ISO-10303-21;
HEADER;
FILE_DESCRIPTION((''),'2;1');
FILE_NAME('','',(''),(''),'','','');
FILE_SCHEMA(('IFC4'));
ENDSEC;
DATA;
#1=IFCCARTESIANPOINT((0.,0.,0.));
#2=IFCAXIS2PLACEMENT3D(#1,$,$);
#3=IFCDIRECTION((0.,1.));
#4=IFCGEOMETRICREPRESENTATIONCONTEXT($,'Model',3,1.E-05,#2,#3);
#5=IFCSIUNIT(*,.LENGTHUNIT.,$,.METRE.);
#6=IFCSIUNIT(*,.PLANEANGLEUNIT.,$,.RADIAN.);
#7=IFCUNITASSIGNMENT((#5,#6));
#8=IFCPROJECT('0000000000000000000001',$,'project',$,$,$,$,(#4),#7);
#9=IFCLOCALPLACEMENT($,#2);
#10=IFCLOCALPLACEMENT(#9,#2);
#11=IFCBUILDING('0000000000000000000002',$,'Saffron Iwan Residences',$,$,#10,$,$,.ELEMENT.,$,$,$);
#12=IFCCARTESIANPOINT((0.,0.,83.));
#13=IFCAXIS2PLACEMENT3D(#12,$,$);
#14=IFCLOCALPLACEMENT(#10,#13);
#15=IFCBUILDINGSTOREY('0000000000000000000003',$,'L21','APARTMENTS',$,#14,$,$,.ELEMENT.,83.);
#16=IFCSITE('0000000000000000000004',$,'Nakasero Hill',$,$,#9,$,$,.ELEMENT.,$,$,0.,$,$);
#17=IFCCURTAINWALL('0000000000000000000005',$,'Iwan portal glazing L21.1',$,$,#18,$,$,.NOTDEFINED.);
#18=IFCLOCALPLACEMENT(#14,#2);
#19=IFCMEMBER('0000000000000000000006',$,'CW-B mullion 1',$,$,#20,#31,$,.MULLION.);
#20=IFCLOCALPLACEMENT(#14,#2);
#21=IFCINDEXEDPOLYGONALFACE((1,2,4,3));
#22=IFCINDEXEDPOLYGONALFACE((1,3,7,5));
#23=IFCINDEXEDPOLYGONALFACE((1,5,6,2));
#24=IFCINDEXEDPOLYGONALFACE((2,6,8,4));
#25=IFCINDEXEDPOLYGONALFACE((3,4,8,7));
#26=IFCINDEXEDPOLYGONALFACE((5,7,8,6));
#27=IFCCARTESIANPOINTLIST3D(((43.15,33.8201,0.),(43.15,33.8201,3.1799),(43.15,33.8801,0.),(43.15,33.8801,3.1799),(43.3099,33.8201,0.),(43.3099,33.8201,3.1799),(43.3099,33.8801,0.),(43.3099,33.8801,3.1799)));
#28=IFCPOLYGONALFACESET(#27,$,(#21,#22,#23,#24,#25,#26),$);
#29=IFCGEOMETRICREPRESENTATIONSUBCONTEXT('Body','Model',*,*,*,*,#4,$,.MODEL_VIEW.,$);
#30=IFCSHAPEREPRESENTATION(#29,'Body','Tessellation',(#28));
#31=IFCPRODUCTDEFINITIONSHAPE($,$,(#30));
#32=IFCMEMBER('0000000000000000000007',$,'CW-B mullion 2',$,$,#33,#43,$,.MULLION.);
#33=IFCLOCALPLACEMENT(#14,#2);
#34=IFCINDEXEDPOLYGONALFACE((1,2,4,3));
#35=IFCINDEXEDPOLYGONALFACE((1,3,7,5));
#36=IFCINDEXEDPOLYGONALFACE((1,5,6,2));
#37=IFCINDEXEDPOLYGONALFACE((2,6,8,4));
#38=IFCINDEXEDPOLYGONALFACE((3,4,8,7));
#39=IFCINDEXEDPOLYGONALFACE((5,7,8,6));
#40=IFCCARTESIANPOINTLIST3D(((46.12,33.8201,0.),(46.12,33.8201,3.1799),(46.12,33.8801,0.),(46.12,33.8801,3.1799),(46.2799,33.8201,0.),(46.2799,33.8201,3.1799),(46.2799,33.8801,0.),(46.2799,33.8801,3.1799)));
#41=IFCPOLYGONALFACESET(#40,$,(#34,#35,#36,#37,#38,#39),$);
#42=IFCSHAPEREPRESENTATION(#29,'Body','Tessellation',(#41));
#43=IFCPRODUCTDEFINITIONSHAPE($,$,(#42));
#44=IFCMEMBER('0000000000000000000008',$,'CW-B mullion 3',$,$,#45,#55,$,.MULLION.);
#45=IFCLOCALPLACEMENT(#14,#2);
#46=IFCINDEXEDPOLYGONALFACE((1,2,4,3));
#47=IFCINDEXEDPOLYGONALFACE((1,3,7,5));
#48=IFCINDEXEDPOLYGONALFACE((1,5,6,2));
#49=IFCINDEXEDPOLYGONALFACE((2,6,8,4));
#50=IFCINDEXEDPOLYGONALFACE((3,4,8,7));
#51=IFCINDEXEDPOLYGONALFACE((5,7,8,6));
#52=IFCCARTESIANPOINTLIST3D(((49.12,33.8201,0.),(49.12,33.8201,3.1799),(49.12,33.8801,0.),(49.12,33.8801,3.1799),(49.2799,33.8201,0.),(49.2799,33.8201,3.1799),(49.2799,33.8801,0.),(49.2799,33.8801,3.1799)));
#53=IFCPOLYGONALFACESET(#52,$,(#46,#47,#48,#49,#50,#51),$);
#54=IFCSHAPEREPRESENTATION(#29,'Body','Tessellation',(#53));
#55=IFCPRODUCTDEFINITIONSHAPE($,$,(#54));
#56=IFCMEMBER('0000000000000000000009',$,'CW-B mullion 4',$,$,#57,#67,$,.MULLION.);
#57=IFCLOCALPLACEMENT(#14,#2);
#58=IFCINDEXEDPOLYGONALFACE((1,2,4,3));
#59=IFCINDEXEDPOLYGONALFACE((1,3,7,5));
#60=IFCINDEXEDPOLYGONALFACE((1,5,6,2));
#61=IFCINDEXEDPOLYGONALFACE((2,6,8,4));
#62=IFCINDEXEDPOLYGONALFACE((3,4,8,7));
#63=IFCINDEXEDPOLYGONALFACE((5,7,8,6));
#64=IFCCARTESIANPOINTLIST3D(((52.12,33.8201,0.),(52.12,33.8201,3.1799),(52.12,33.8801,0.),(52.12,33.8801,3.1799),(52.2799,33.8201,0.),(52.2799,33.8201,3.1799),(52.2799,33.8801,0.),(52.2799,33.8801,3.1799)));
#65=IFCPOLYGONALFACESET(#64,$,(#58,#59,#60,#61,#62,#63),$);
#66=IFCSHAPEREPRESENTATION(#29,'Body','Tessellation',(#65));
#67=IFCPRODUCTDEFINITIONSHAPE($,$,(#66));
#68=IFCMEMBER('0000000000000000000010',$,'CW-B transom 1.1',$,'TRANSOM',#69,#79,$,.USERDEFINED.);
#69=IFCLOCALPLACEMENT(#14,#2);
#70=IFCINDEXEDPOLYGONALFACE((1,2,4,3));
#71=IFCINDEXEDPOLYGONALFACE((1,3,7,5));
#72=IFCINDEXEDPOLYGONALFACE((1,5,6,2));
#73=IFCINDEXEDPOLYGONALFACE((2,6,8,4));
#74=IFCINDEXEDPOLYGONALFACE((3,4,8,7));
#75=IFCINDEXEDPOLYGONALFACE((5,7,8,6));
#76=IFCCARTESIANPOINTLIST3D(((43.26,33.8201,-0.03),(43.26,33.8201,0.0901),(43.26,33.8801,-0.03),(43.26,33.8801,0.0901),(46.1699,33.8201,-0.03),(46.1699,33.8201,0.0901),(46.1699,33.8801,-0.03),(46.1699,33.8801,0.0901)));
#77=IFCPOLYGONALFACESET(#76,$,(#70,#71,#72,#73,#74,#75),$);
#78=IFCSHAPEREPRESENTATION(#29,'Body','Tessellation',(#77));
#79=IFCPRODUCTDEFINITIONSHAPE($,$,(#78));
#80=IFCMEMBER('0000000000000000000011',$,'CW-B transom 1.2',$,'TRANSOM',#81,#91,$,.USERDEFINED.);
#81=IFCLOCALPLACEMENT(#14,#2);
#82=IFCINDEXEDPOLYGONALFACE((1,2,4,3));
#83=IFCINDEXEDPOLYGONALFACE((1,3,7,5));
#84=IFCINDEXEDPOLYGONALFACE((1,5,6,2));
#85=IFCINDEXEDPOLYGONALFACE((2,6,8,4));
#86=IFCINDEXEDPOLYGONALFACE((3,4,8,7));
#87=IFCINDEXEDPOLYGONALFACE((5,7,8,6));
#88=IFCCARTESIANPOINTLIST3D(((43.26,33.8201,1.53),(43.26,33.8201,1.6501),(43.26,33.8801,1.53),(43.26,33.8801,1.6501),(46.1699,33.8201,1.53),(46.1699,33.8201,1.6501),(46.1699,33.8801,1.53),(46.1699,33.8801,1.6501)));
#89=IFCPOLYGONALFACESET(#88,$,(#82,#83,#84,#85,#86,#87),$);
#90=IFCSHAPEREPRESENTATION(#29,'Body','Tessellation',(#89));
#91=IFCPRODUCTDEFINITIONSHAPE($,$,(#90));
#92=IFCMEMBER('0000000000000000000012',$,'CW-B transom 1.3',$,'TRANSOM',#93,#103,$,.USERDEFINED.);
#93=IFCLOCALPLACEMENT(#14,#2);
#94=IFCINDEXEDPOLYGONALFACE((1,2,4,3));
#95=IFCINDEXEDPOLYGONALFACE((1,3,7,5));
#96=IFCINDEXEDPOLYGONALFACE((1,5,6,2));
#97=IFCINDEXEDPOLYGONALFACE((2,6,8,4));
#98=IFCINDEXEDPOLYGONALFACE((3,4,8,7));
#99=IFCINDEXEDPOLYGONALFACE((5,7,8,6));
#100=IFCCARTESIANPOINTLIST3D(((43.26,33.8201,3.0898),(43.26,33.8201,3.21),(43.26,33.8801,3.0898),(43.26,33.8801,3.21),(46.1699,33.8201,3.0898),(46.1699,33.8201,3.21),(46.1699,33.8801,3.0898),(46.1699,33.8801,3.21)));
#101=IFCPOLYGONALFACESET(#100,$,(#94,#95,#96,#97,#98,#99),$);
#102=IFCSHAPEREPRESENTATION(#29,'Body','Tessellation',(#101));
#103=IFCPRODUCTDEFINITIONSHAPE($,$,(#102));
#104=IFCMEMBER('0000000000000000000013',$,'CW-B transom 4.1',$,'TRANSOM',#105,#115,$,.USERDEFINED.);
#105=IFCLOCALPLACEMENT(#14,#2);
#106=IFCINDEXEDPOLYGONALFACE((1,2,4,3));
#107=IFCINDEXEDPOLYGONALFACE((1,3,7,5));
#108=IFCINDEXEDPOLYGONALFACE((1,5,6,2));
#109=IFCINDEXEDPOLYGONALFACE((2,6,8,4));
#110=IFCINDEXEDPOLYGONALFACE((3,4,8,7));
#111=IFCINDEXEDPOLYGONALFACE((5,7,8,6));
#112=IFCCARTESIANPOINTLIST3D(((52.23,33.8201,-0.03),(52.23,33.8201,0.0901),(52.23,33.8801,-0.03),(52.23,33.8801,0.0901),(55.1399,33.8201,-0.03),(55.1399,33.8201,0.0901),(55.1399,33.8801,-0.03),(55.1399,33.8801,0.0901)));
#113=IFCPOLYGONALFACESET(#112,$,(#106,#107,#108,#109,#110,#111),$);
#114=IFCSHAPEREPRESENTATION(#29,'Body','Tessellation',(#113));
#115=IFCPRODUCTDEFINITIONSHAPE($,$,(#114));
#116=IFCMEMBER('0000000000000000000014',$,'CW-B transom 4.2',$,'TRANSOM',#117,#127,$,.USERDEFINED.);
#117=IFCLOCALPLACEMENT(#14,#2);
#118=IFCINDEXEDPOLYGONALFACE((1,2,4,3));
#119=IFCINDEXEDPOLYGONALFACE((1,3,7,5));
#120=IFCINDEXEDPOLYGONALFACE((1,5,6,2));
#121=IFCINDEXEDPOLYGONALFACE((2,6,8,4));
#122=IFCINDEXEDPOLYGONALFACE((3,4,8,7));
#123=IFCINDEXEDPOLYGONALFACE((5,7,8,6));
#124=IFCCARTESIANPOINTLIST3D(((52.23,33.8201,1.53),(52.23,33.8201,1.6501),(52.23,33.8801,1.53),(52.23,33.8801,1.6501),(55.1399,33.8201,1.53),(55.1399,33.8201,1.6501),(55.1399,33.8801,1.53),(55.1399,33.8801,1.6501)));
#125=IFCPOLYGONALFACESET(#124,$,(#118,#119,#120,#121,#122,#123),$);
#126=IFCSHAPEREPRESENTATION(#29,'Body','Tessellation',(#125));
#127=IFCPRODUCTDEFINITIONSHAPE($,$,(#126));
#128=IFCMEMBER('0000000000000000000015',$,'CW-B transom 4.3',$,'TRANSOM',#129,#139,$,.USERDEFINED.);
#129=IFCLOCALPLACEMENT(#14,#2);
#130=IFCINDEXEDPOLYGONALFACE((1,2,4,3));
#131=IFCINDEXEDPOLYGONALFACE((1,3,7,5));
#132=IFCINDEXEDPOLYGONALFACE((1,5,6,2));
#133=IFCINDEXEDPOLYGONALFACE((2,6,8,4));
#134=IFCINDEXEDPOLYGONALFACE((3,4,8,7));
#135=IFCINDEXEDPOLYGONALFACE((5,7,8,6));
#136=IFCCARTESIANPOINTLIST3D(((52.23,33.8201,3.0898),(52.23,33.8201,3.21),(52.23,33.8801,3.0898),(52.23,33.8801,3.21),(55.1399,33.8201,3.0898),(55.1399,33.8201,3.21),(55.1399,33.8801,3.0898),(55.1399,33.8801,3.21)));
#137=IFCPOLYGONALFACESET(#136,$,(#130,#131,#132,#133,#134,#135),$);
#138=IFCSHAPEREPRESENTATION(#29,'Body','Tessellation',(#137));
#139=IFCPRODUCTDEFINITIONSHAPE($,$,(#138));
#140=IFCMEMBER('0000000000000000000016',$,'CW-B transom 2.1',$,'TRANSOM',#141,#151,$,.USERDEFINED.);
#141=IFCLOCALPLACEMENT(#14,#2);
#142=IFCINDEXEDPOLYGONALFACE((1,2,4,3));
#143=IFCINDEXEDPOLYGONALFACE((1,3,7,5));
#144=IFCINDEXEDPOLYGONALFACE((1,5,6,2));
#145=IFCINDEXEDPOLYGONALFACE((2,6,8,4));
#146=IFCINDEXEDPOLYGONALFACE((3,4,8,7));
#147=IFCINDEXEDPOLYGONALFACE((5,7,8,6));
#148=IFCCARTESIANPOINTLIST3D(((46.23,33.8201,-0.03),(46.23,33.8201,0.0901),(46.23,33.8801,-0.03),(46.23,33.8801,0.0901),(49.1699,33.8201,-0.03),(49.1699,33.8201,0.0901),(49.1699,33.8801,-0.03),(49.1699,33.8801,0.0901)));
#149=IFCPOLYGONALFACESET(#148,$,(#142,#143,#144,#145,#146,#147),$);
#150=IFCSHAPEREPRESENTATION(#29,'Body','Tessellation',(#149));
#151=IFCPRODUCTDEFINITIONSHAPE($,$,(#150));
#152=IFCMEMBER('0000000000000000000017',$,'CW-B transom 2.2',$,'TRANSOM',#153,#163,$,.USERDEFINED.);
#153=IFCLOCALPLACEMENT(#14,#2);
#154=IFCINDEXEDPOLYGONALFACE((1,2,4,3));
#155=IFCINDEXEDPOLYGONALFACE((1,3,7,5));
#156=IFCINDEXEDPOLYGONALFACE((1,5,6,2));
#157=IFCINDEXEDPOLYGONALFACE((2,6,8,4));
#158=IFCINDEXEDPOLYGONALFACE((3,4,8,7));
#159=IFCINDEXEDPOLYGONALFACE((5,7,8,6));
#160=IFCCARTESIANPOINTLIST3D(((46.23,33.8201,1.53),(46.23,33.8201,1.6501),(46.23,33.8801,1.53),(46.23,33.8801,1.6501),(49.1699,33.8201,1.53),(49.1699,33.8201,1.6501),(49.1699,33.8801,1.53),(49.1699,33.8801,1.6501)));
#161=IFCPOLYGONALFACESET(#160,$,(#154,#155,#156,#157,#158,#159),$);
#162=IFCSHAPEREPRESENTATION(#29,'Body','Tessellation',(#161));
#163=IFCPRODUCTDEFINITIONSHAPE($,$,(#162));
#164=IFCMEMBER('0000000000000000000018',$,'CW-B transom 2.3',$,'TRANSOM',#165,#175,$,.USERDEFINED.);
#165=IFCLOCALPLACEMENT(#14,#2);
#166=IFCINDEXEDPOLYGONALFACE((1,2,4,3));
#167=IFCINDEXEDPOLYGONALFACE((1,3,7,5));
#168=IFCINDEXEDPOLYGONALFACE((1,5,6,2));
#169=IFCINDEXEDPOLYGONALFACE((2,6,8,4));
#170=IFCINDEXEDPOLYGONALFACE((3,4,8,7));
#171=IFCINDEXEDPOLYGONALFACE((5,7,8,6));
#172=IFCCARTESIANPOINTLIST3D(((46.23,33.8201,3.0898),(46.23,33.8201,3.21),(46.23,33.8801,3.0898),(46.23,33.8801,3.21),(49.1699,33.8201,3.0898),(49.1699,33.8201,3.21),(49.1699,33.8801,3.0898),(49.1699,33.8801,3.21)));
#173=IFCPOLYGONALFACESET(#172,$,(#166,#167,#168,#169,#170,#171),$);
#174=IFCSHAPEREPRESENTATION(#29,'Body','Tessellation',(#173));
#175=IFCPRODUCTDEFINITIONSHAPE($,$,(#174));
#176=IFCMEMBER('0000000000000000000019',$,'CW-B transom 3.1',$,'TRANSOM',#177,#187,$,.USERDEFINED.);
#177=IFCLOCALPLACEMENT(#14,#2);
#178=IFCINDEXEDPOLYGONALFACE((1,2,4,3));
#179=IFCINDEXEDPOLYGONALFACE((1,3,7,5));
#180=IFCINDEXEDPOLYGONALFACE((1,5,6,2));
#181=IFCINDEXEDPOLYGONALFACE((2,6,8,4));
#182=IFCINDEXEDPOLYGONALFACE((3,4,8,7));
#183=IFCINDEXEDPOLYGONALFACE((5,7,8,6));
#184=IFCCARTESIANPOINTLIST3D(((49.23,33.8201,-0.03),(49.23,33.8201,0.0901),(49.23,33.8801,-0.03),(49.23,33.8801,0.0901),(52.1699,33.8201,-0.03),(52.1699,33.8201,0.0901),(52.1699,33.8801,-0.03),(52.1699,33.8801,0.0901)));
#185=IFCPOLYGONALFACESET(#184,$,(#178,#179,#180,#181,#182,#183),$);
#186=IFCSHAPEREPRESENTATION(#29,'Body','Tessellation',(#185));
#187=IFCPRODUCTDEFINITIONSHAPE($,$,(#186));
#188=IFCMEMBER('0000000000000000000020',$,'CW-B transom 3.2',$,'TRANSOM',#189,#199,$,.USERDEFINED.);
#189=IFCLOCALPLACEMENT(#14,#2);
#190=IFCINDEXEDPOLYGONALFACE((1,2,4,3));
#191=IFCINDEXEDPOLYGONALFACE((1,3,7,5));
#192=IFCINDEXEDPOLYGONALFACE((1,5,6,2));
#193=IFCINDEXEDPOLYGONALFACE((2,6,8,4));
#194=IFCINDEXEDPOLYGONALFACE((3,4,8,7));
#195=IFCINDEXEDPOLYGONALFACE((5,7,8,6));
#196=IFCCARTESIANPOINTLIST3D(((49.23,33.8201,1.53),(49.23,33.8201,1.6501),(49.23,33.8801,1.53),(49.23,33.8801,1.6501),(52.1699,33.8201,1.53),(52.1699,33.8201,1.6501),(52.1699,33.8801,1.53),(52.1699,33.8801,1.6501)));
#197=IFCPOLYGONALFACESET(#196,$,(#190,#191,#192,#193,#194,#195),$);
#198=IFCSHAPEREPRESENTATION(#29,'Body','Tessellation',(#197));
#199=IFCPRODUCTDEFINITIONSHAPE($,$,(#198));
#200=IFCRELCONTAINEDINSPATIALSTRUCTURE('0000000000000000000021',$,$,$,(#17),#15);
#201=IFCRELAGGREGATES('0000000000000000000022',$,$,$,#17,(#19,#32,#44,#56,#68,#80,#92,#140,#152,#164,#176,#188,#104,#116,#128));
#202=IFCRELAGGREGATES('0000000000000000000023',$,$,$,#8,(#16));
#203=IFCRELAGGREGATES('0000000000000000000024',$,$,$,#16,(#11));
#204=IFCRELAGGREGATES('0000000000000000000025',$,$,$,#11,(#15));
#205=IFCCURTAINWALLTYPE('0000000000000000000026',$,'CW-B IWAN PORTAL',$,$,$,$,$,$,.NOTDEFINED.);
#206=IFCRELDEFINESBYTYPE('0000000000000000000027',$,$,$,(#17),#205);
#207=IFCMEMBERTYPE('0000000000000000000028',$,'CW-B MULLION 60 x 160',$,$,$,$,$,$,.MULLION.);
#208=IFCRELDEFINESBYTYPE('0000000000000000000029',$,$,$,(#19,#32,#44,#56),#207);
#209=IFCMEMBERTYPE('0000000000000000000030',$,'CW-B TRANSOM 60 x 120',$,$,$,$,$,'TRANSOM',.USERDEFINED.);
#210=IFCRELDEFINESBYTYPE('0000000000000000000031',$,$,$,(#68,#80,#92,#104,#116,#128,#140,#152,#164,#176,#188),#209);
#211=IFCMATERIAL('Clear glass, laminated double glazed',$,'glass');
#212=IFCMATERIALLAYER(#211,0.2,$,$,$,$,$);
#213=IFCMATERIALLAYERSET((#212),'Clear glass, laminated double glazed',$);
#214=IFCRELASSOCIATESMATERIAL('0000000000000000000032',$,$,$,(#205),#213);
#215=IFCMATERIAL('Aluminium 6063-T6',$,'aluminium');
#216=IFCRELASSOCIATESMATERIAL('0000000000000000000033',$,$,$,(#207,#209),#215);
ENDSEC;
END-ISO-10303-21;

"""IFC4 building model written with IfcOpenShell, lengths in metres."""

from ifc_helpers import new_model, si_unit, direction, frame, origin, origin_2d, place, context, subcontext, project, spatial, rectangle, extrude, source, transform, mapped, material, layer, layer_set, material_profile, profile_set, type_object, element, aggregate, save


model = new_model("IFC4")

# Units and contexts
model_context = context("Model", 3, precision=1e-05, world=origin(), true_north=direction((0.0, 1.0)))
body_context = subcontext(model_context, "Body", "Model", "MODEL_VIEW")
ifc_project = project(units=[si_unit("LENGTHUNIT", "METRE"), si_unit("PLANEANGLEUNIT", "RADIAN")], contexts=[model_context])

# Site, building, storey
site_placement = place(None, origin())
site = spatial("IfcSite", under=ifc_project, at=site_placement, Name="Nakasero Hill", CompositionType="ELEMENT", RefElevation=0.0)
building_placement = place(site_placement, origin())
building = spatial("IfcBuilding", under=site, at=building_placement, Name="Saffron Iwan Residences", CompositionType="ELEMENT")
storey_placement = place(building_placement, frame((0.0, 0.0, 83.0)))
storey = spatial("IfcBuildingStorey", under=building, at=storey_placement, Name="L21", Description="APARTMENTS", CompositionType="ELEMENT", Elevation=83.0)

# Curtain wall, members
ifc_material_1 = material(Name="Clear glass, laminated double glazed", Category="glass")
ifc_layer_1 = layer(ifc_material_1, 0.2)
ifc_layer_set_1 = layer_set([ifc_layer_1], Name="Clear glass, laminated double glazed")
curtain_wall_type = type_object("IfcCurtainWallType", Name="CW-B IWAN PORTAL", PredefinedType="NOTDEFINED", material=ifc_layer_set_1)
curtain_wall_placement = place(storey_placement, origin())
curtain_wall = element("IfcCurtainWall", 1, at=curtain_wall_placement, inside=storey, type_object=curtain_wall_type, Name="Iwan portal glazing L21.1", PredefinedType="NOTDEFINED")
ifc_material_2 = material(Name="Aluminium 6063-T6", Category="aluminium")
ifc_material_profile_1 = material_profile(ifc_material_2, rectangle(XDim=0.0601, YDim=0.1599, at=origin_2d()), Name="CW-B MULLION 60 x 160")
ifc_profile_set_1 = profile_set([ifc_material_profile_1], Name="Aluminium 6063-T6")
member_type_1 = type_object("IfcMemberType", Name="CW-B MULLION 60 x 160", PredefinedType="MULLION", material=ifc_profile_set_1)
shared_shape_1 = source(origin(), body_context, "Body", "SweptSolid", [
    extrude(rectangle(XDim=0.0601, YDim=0.1599, at=origin_2d()), origin(), (0.0, 0.0, 1.0), 3.1799),
])
member_1_placement = place(storey_placement, frame((43.23, 33.8501, 0.0), z_axis=(0.0, 0.0, 1.0), x_axis=(0.0, 1.0, 0.0)))
member_1 = element("IfcMember", 2, at=member_1_placement, type_object=member_type_1, Name="CW-B mullion 1", PredefinedType="MULLION", context=body_context, shape_type="MappedRepresentation", body=[
    mapped(shared_shape_1, transform((0.0, 0.0, 0.0))),
])
member_2_placement = place(storey_placement, frame((46.2, 33.8501, 0.0), z_axis=(0.0, 0.0, 1.0), x_axis=(0.0, 1.0, 0.0)))
member_2 = element("IfcMember", 3, at=member_2_placement, type_object=member_type_1, Name="CW-B mullion 2", PredefinedType="MULLION", context=body_context, shape_type="MappedRepresentation", body=[
    mapped(shared_shape_1, transform((0.0, 0.0, 0.0))),
])
member_3_placement = place(storey_placement, frame((49.2, 33.8501, 0.0), z_axis=(0.0, 0.0, 1.0), x_axis=(0.0, 1.0, 0.0)))
member_3 = element("IfcMember", 4, at=member_3_placement, type_object=member_type_1, Name="CW-B mullion 3", PredefinedType="MULLION", context=body_context, shape_type="MappedRepresentation", body=[
    mapped(shared_shape_1, transform((0.0, 0.0, 0.0))),
])
member_4_placement = place(storey_placement, frame((52.2, 33.8501, 0.0), z_axis=(0.0, 0.0, 1.0), x_axis=(0.0, 1.0, 0.0)))
member_4 = element("IfcMember", 5, at=member_4_placement, type_object=member_type_1, Name="CW-B mullion 4", PredefinedType="MULLION", context=body_context, shape_type="MappedRepresentation", body=[
    mapped(shared_shape_1, transform((0.0, 0.0, 0.0))),
])
ifc_material_profile_2 = material_profile(ifc_material_2, rectangle(XDim=0.0601, YDim=0.1201, at=origin_2d()), Name="CW-B TRANSOM 60 x 120")
ifc_profile_set_2 = profile_set([ifc_material_profile_2], Name="Aluminium 6063-T6")
member_type_2 = type_object("IfcMemberType", Name="CW-B TRANSOM 60 x 120", ElementType="TRANSOM", PredefinedType="USERDEFINED", material=ifc_profile_set_2)
shared_shape_2 = source(origin(), body_context, "Body", "SweptSolid", [
    extrude(rectangle(XDim=0.0601, YDim=0.1201, at=origin_2d()), origin(), (0.0, 0.0, 1.0), 2.9099),
])
member_5_placement = place(storey_placement, frame((43.26, 33.8501, 0.03), z_axis=(1.0, 0.0, 0.0), x_axis=(0.0, 1.0, 0.0)))
member_5 = element("IfcMember", 6, at=member_5_placement, type_object=member_type_2, Name="CW-B transom 1.1", ObjectType="TRANSOM", PredefinedType="USERDEFINED", context=body_context, shape_type="MappedRepresentation", body=[
    mapped(shared_shape_2, transform((0.0, 0.0, 0.0))),
])
member_6_placement = place(storey_placement, frame((43.26, 33.8501, 1.5901), z_axis=(1.0, 0.0, 0.0), x_axis=(0.0, 1.0, 0.0)))
member_6 = element("IfcMember", 7, at=member_6_placement, type_object=member_type_2, Name="CW-B transom 1.2", ObjectType="TRANSOM", PredefinedType="USERDEFINED", context=body_context, shape_type="MappedRepresentation", body=[
    mapped(shared_shape_2, transform((0.0, 0.0, 0.0))),
])
member_7_placement = place(storey_placement, frame((43.26, 33.8501, 3.1499), z_axis=(1.0, 0.0, 0.0), x_axis=(0.0, 1.0, 0.0)))
member_7 = element("IfcMember", 8, at=member_7_placement, type_object=member_type_2, Name="CW-B transom 1.3", ObjectType="TRANSOM", PredefinedType="USERDEFINED", context=body_context, shape_type="MappedRepresentation", body=[
    mapped(shared_shape_2, transform((0.0, 0.0, 0.0))),
])
member_8_placement = place(storey_placement, frame((52.23, 33.8501, 0.03), z_axis=(1.0, 0.0, 0.0), x_axis=(0.0, 1.0, 0.0)))
member_8 = element("IfcMember", 9, at=member_8_placement, type_object=member_type_2, Name="CW-B transom 4.1", ObjectType="TRANSOM", PredefinedType="USERDEFINED", context=body_context, shape_type="MappedRepresentation", body=[
    mapped(shared_shape_2, transform((0.0, 0.0, 0.0))),
])
member_9_placement = place(storey_placement, frame((52.23, 33.8501, 1.5901), z_axis=(1.0, 0.0, 0.0), x_axis=(0.0, 1.0, 0.0)))
member_9 = element("IfcMember", 10, at=member_9_placement, type_object=member_type_2, Name="CW-B transom 4.2", ObjectType="TRANSOM", PredefinedType="USERDEFINED", context=body_context, shape_type="MappedRepresentation", body=[
    mapped(shared_shape_2, transform((0.0, 0.0, 0.0))),
])
member_10_placement = place(storey_placement, frame((52.23, 33.8501, 3.1499), z_axis=(1.0, 0.0, 0.0), x_axis=(0.0, 1.0, 0.0)))
member_10 = element("IfcMember", 11, at=member_10_placement, type_object=member_type_2, Name="CW-B transom 4.3", ObjectType="TRANSOM", PredefinedType="USERDEFINED", context=body_context, shape_type="MappedRepresentation", body=[
    mapped(shared_shape_2, transform((0.0, 0.0, 0.0))),
])
shared_shape_3 = source(origin(), body_context, "Body", "SweptSolid", [
    extrude(rectangle(XDim=0.0601, YDim=0.1201, at=origin_2d()), origin(), (0.0, 0.0, 1.0), 2.9399),
])
member_11_placement = place(storey_placement, frame((46.23, 33.8501, 0.03), z_axis=(1.0, 0.0, 0.0), x_axis=(0.0, 1.0, 0.0)))
member_11 = element("IfcMember", 12, at=member_11_placement, type_object=member_type_2, Name="CW-B transom 2.1", ObjectType="TRANSOM", PredefinedType="USERDEFINED", context=body_context, shape_type="MappedRepresentation", body=[
    mapped(shared_shape_3, transform((0.0, 0.0, 0.0))),
])
member_12_placement = place(storey_placement, frame((46.23, 33.8501, 1.5901), z_axis=(1.0, 0.0, 0.0), x_axis=(0.0, 1.0, 0.0)))
member_12 = element("IfcMember", 13, at=member_12_placement, type_object=member_type_2, Name="CW-B transom 2.2", ObjectType="TRANSOM", PredefinedType="USERDEFINED", context=body_context, shape_type="MappedRepresentation", body=[
    mapped(shared_shape_3, transform((0.0, 0.0, 0.0))),
])
member_13_placement = place(storey_placement, frame((46.23, 33.8501, 3.1499), z_axis=(1.0, 0.0, 0.0), x_axis=(0.0, 1.0, 0.0)))
member_13 = element("IfcMember", 14, at=member_13_placement, type_object=member_type_2, Name="CW-B transom 2.3", ObjectType="TRANSOM", PredefinedType="USERDEFINED", context=body_context, shape_type="MappedRepresentation", body=[
    mapped(shared_shape_3, transform((0.0, 0.0, 0.0))),
])
member_14_placement = place(storey_placement, frame((49.23, 33.8501, 0.03), z_axis=(1.0, 0.0, 0.0), x_axis=(0.0, 1.0, 0.0)))
member_14 = element("IfcMember", 15, at=member_14_placement, type_object=member_type_2, Name="CW-B transom 3.1", ObjectType="TRANSOM", PredefinedType="USERDEFINED", context=body_context, shape_type="MappedRepresentation", body=[
    mapped(shared_shape_3, transform((0.0, 0.0, 0.0))),
])
member_15_placement = place(storey_placement, frame((49.23, 33.8501, 1.5901), z_axis=(1.0, 0.0, 0.0), x_axis=(0.0, 1.0, 0.0)))
member_15 = element("IfcMember", 16, at=member_15_placement, type_object=member_type_2, Name="CW-B transom 3.2", ObjectType="TRANSOM", PredefinedType="USERDEFINED", context=body_context, shape_type="MappedRepresentation", body=[
    mapped(shared_shape_3, transform((0.0, 0.0, 0.0))),
])
aggregate(curtain_wall, [member_1, member_2, member_3, member_4, member_5, member_6, member_7, member_11, member_12, member_13, member_14, member_15, member_8, member_9, member_10])

save(model, "model.ifc")
